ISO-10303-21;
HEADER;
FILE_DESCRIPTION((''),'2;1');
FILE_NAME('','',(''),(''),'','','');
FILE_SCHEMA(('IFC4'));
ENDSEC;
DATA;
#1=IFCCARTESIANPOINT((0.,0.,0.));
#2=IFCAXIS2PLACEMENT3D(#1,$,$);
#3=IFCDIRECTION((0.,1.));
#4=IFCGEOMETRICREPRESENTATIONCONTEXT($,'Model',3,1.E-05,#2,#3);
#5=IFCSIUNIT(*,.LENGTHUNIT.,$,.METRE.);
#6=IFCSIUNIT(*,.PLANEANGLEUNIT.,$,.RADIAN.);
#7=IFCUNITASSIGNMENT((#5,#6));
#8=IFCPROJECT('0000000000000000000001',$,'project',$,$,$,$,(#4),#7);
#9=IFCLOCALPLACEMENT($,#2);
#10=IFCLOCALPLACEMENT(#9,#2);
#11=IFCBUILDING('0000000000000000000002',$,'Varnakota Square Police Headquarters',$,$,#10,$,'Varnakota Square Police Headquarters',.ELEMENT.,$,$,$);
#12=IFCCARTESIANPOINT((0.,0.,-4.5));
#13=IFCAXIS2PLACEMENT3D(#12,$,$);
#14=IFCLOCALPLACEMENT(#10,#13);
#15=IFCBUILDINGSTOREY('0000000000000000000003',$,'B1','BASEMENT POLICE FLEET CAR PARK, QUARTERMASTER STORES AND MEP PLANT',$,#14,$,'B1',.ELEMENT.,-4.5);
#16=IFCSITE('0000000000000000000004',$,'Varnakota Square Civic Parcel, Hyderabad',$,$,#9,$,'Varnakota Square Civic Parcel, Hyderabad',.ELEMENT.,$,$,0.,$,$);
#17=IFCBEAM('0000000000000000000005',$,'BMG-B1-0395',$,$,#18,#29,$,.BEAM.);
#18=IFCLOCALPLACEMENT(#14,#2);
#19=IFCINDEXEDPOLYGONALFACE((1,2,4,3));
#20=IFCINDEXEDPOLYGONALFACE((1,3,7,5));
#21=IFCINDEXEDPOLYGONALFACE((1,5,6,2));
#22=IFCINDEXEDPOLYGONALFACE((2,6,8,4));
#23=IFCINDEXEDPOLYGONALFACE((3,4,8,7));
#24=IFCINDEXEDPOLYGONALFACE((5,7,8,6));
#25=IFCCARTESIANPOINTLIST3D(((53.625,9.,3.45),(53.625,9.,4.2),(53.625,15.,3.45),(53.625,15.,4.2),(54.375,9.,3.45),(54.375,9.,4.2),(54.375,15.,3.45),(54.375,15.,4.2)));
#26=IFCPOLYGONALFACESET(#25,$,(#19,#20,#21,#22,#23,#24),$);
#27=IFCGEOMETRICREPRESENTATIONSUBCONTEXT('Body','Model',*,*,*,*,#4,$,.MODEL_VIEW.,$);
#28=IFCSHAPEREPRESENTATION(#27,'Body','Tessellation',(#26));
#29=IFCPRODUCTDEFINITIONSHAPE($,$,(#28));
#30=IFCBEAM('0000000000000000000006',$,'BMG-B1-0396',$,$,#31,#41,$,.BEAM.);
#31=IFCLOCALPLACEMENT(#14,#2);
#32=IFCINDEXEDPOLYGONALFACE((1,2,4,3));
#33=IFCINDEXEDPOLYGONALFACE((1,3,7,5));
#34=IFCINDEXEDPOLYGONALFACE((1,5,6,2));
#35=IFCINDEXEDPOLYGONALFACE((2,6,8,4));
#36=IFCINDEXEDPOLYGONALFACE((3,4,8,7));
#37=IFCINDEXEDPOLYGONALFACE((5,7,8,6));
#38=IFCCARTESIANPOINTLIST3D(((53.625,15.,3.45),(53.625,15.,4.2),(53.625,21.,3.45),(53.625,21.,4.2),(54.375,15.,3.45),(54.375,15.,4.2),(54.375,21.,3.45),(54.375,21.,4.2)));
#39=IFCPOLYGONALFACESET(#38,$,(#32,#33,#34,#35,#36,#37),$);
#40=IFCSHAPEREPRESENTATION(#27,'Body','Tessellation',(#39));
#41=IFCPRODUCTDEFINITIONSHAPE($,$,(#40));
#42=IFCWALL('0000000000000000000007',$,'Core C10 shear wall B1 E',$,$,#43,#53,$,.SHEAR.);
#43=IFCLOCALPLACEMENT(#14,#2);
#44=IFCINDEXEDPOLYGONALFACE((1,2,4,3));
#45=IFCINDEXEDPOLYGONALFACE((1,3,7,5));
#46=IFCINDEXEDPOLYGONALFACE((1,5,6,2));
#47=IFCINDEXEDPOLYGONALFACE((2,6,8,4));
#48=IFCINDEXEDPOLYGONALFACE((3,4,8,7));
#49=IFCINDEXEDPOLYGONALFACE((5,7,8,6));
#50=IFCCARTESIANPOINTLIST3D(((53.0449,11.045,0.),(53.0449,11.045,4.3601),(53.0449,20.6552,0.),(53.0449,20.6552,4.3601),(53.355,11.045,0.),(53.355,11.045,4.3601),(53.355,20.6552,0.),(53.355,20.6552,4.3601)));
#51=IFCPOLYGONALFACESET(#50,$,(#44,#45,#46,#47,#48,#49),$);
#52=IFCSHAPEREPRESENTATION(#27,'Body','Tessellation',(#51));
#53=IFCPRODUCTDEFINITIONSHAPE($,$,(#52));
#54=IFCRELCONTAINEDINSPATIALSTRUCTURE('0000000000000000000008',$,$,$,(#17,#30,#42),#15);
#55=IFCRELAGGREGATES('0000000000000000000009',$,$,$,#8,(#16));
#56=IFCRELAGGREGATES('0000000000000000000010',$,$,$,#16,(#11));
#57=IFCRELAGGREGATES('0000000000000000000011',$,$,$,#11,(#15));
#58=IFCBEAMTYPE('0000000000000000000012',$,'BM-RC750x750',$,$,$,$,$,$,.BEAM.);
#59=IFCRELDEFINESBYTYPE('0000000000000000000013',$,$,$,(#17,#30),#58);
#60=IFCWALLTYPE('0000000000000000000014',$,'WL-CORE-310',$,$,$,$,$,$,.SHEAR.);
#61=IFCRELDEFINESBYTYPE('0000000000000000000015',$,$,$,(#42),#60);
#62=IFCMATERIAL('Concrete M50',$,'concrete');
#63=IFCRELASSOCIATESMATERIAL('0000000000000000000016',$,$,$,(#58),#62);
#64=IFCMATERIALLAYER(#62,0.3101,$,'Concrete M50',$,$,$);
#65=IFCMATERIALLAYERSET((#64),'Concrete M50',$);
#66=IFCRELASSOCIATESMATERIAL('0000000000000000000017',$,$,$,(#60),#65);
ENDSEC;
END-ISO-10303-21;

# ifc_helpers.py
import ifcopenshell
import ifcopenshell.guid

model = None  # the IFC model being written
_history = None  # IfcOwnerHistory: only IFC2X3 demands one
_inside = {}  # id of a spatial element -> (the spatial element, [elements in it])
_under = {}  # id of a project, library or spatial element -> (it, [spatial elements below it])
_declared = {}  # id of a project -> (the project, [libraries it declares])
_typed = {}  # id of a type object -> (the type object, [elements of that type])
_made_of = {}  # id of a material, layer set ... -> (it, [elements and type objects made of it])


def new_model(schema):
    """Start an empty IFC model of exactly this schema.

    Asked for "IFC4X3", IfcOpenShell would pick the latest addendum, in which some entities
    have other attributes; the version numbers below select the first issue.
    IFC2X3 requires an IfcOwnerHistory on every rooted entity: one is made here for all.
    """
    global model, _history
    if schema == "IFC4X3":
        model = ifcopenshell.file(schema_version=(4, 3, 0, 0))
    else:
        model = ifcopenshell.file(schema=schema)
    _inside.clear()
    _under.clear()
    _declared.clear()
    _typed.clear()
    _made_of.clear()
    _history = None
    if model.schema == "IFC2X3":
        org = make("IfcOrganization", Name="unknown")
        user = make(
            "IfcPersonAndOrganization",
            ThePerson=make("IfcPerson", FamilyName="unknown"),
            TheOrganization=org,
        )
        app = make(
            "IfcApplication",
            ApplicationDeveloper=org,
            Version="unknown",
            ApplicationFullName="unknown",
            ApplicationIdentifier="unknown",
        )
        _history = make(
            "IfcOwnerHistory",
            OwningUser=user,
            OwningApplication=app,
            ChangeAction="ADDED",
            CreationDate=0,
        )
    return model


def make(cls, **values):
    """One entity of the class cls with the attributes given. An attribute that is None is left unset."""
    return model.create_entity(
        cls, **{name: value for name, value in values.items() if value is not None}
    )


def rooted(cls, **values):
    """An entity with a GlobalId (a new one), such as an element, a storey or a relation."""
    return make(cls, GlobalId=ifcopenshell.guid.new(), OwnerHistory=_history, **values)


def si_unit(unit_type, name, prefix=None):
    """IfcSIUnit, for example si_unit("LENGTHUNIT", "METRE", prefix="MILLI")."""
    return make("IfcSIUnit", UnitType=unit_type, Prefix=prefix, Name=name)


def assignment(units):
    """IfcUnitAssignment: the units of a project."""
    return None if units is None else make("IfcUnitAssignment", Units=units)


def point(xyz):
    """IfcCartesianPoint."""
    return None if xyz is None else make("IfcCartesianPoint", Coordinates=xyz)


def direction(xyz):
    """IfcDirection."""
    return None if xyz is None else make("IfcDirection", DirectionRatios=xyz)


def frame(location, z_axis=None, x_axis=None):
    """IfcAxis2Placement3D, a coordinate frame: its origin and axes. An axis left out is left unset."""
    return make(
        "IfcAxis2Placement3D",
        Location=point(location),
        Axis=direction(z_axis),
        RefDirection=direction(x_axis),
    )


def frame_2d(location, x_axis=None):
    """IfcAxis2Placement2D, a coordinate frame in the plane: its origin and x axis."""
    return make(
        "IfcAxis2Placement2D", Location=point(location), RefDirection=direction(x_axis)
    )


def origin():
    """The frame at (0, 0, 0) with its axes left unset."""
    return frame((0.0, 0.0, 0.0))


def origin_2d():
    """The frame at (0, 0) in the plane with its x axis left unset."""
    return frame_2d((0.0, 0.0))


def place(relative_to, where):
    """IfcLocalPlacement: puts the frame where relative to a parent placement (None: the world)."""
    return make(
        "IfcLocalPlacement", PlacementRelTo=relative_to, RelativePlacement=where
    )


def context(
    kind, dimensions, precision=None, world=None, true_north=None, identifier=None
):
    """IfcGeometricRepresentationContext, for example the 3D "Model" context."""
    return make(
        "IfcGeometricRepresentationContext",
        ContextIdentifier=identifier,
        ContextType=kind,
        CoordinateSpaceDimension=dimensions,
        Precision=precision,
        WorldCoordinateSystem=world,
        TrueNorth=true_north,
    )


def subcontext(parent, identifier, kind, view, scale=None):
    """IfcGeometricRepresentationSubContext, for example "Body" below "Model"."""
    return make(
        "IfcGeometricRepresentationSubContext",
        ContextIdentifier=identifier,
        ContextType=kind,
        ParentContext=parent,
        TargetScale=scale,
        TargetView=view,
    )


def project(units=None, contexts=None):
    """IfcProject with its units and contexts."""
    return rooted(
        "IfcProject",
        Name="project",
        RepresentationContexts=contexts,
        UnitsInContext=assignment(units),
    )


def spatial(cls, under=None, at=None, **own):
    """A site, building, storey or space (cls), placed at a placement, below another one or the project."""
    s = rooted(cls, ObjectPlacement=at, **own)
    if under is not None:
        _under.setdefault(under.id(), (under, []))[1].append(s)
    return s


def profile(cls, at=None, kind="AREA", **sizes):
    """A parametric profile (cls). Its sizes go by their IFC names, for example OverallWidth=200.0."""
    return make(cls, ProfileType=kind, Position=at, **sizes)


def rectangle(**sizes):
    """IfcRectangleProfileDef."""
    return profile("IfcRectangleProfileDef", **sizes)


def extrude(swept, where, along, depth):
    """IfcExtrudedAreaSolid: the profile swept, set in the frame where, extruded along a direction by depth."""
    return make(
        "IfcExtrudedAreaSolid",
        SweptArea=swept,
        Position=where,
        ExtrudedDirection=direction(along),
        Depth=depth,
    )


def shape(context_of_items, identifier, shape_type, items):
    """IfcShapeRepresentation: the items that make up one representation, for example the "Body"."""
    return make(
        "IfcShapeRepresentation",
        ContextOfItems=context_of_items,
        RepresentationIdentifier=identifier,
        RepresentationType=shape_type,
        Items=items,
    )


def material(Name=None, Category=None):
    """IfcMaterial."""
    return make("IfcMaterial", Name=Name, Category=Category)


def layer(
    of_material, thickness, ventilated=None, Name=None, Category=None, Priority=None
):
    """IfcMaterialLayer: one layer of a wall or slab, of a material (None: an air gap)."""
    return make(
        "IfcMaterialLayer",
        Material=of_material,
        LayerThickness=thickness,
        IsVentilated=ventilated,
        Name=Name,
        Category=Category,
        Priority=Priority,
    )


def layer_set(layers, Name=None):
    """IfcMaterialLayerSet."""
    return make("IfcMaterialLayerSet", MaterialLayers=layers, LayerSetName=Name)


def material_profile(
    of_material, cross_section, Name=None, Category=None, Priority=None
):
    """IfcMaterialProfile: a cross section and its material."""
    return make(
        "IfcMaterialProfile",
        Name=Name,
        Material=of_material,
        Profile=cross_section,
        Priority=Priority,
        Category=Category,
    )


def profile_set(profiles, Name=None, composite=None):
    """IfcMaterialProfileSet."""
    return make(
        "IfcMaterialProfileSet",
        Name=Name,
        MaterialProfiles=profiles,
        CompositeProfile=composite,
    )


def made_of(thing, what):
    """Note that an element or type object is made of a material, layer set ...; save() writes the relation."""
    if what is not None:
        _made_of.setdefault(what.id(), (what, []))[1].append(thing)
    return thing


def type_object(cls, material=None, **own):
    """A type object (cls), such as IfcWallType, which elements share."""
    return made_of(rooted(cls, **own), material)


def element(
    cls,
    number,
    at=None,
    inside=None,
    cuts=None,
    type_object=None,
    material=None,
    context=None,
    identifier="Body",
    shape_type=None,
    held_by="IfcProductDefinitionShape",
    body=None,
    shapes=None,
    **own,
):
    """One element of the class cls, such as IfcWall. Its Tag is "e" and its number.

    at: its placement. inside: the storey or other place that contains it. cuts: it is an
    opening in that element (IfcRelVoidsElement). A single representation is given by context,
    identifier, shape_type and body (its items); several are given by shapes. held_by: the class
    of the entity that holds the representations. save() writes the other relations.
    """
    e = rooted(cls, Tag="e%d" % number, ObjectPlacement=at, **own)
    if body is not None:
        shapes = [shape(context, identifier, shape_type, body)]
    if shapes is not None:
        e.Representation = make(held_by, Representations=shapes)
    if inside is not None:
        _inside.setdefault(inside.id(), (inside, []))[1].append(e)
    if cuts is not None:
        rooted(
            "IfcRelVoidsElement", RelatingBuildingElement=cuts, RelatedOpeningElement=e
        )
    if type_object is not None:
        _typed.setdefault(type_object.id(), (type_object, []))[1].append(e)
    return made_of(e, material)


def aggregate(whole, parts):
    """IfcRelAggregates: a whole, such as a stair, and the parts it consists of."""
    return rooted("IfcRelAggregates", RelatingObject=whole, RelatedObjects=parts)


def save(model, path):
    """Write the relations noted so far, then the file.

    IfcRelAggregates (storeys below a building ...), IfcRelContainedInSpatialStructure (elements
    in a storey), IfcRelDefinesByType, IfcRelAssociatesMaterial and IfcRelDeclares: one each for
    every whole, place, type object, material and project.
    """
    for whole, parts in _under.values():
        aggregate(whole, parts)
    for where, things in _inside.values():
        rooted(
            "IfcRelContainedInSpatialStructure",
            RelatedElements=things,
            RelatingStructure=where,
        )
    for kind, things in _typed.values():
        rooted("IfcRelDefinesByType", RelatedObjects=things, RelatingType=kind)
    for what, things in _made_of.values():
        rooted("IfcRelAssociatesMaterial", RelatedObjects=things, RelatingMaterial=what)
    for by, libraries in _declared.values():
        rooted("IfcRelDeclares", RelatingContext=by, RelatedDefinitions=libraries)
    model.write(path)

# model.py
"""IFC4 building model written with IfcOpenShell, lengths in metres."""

from ifc_helpers import new_model, si_unit, direction, frame, frame_2d, origin, origin_2d, place, context, subcontext, project, spatial, rectangle, extrude, material, layer, layer_set, material_profile, profile_set, type_object, element, save


model = new_model("IFC4")

# Units and contexts
model_context = context("Model", 3, precision=1e-05, world=origin(), true_north=direction((0.0, 1.0)))
body_context = subcontext(model_context, "Body", "Model", "MODEL_VIEW")
ifc_project = project(units=[si_unit("LENGTHUNIT", "METRE"), si_unit("PLANEANGLEUNIT", "RADIAN")], contexts=[model_context])

# Site, building, storey
site_placement = place(None, origin())
site = spatial("IfcSite", under=ifc_project, at=site_placement, Name="Varnakota Square Civic Parcel, Hyderabad", LongName="Varnakota Square Civic Parcel, Hyderabad", CompositionType="ELEMENT", RefElevation=0.0)
building_placement = place(site_placement, origin())
building = spatial("IfcBuilding", under=site, at=building_placement, Name="Varnakota Square Police Headquarters", LongName="Varnakota Square Police Headquarters", CompositionType="ELEMENT")
storey_placement = place(building_placement, frame((0.0, 0.0, -4.5)))
storey = spatial("IfcBuildingStorey", under=building, at=storey_placement, Name="B1", Description="BASEMENT POLICE FLEET CAR PARK, QUARTERMASTER STORES AND MEP PLANT", LongName="B1", CompositionType="ELEMENT", Elevation=-4.5)

# Beams
ifc_material_1 = material(Name="Concrete M50", Category="concrete")
ifc_material_profile_1 = material_profile(ifc_material_1, rectangle(XDim=0.75, YDim=0.75, at=origin_2d()), Name="RC 750x750")
ifc_profile_set_1 = profile_set([ifc_material_profile_1], Name="Concrete M50")
beam_type_1 = type_object("IfcBeamType", Name="BM-RC750x750", PredefinedType="BEAM", material=ifc_profile_set_1)
for number, where, z_axis, x_axis, name in (
    (1, (54.0, 9.0, 3.825), (0.0, 1.0, 0.0), (-1.0, 0.0, 0.0), "BMG-B1-0395"),
    (2, (54.0, 15.0, 3.825), (0.0, 1.0, 0.0), (-1.0, 0.0, 0.0), "BMG-B1-0396"),
):
    element("IfcBeam", number, at=place(storey_placement, frame(where, z_axis=z_axis, x_axis=x_axis)), inside=storey, type_object=beam_type_1, Name=name, PredefinedType="BEAM", context=body_context, shape_type="SweptSolid", body=[
        extrude(rectangle(XDim=0.75, YDim=0.75, at=origin_2d()), origin(), (0.0, 0.0, 1.0), 6.0),
    ])

# Wall
ifc_layer = layer(ifc_material_1, 0.3101, Name="Concrete M50")
ifc_layer_set = layer_set([ifc_layer], Name="Concrete M50")
wall_type = type_object("IfcWallType", Name="WL-CORE-310", PredefinedType="SHEAR", material=ifc_layer_set)
wall_placement = place(storey_placement, frame((53.2, 11.0449, 0.0), z_axis=(0.0, 0.0, 1.0), x_axis=(0.0, 1.0, 0.0)))
element("IfcWall", 3, at=wall_placement, inside=storey, type_object=wall_type, Name="Core C10 shear wall B1 E", PredefinedType="SHEAR", context=body_context, shape_type="SweptSolid", body=[
    extrude(rectangle(XDim=9.6101, YDim=0.3101, at=frame_2d((4.8052, 0.0))), origin(), (0.0, 0.0, 1.0), 4.3601),
])

save(model, "model.ifc")
